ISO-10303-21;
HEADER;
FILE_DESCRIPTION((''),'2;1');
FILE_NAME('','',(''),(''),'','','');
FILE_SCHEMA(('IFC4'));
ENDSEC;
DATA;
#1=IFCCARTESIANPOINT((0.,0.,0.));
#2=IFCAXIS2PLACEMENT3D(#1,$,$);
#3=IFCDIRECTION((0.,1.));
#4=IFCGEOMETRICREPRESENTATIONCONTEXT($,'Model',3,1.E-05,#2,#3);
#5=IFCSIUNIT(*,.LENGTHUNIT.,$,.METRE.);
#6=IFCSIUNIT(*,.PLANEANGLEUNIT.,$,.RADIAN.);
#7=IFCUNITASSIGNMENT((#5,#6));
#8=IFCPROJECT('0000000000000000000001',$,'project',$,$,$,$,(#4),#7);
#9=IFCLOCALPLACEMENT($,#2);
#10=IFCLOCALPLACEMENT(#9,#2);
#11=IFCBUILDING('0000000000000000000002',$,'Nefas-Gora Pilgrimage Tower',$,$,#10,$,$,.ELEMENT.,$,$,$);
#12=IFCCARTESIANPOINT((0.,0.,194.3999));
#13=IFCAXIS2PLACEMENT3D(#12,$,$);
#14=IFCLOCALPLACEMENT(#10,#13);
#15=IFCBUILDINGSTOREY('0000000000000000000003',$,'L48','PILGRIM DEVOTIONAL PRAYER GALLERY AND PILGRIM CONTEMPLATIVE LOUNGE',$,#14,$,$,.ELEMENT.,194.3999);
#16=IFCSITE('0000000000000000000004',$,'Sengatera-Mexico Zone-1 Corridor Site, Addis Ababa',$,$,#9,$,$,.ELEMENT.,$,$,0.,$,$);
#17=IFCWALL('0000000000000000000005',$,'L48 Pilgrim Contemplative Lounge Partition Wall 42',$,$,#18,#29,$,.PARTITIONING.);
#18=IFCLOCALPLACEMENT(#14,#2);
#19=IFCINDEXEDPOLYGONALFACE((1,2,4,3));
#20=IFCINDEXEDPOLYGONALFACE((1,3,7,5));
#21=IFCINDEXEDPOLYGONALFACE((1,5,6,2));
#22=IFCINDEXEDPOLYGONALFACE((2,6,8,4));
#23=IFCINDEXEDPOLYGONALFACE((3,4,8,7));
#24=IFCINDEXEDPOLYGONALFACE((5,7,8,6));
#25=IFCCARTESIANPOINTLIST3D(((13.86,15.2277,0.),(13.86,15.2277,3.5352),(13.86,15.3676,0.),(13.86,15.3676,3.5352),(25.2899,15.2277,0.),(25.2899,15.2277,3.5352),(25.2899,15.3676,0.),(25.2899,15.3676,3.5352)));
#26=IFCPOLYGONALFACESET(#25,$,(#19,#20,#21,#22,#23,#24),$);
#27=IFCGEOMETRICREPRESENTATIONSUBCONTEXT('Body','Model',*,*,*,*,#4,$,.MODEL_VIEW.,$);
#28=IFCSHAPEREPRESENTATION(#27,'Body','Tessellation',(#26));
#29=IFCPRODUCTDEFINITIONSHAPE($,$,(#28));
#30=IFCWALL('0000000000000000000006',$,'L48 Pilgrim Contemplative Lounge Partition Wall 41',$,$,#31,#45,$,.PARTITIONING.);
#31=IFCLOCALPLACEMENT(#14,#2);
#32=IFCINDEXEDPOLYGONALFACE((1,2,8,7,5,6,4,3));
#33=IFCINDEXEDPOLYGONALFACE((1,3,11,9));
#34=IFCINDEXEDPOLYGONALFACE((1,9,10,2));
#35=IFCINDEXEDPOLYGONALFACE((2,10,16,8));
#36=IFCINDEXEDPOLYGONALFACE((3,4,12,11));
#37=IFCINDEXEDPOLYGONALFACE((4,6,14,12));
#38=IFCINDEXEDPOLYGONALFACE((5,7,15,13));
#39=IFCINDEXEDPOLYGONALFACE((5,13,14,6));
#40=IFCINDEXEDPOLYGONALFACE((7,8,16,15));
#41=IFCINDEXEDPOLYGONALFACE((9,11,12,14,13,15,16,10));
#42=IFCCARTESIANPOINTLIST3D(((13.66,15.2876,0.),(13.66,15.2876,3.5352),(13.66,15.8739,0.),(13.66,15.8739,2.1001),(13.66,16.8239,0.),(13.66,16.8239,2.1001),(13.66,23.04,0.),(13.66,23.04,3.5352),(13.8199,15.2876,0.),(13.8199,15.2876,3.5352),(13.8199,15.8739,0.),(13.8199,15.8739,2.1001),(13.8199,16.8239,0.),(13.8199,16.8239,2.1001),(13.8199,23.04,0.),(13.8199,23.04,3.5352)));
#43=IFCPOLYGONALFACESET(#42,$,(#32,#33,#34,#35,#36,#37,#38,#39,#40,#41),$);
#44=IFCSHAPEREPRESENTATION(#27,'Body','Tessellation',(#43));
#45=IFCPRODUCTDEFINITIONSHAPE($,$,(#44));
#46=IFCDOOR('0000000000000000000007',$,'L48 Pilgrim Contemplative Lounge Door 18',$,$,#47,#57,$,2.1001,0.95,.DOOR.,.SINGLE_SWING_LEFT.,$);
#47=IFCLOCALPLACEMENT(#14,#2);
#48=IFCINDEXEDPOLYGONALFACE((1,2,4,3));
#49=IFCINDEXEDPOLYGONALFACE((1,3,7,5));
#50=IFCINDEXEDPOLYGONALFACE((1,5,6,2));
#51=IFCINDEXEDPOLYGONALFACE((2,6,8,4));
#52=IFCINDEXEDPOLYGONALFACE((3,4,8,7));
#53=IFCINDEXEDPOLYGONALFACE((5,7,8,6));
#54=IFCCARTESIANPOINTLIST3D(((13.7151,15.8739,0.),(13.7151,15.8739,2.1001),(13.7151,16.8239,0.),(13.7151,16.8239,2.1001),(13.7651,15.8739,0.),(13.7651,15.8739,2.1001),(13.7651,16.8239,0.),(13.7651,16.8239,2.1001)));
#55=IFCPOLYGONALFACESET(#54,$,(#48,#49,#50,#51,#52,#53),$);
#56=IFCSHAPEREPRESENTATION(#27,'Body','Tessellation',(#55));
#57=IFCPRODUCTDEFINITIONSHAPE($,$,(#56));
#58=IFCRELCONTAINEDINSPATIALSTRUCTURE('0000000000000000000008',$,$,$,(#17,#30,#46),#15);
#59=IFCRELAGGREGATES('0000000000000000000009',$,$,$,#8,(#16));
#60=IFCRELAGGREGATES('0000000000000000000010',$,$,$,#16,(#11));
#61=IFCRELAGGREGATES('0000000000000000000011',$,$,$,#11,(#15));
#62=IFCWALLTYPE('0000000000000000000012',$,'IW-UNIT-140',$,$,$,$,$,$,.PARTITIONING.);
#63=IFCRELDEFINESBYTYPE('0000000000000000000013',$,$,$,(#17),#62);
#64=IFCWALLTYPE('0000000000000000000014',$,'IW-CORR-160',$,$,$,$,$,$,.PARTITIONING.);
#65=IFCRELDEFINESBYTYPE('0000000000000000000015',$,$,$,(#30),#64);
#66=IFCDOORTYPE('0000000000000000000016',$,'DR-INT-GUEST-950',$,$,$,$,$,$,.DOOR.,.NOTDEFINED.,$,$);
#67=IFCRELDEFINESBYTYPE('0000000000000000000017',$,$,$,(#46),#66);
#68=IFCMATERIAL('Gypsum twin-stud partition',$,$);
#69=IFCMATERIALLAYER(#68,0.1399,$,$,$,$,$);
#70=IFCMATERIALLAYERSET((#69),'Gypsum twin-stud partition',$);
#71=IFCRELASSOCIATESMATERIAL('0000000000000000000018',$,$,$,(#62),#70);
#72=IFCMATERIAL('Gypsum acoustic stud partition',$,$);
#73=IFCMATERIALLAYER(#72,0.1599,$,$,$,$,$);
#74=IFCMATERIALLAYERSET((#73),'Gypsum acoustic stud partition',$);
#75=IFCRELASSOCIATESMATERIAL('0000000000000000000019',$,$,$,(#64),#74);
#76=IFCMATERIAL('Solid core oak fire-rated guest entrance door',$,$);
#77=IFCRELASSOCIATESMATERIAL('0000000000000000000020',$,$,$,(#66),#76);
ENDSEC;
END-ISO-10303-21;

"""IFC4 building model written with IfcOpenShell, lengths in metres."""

from ifc_helpers import new_model, si_unit, direction, frame, frame_2d, origin, place, context, subcontext, project, spatial, rectangle, extrude, source, transform, mapped, material, layer, layer_set, type_object, element, fill, save


model = new_model("IFC4")

# Units and contexts
model_context = context("Model", 3, precision=1e-05, world=origin(), true_north=direction((0.0, 1.0)))
body_context = subcontext(model_context, "Body", "Model", "MODEL_VIEW")
ifc_project = project(units=[si_unit("LENGTHUNIT", "METRE"), si_unit("PLANEANGLEUNIT", "RADIAN")], contexts=[model_context])

# Site, building, storey
site_placement = place(None, origin())
site = spatial("IfcSite", under=ifc_project, at=site_placement, Name="Sengatera-Mexico Zone-1 Corridor Site, Addis Ababa", CompositionType="ELEMENT", RefElevation=0.0)
building_placement = place(site_placement, origin())
building = spatial("IfcBuilding", under=site, at=building_placement, Name="Nefas-Gora Pilgrimage Tower", CompositionType="ELEMENT")
storey_placement = place(building_placement, frame((0.0, 0.0, 194.3999)))
storey = spatial("IfcBuildingStorey", under=building, at=storey_placement, Name="L48", Description="PILGRIM DEVOTIONAL PRAYER GALLERY AND PILGRIM CONTEMPLATIVE LOUNGE", CompositionType="ELEMENT", Elevation=194.3999)

# Wall
ifc_material_1 = material(Name="Gypsum twin-stud partition")
ifc_layer_1 = layer(ifc_material_1, 0.1399)
ifc_layer_set_1 = layer_set([ifc_layer_1], Name="Gypsum twin-stud partition")
wall_type_1 = type_object("IfcWallType", Name="IW-UNIT-140", PredefinedType="PARTITIONING", material=ifc_layer_set_1)
shared_shape_1 = source(origin(), body_context, "Body", "SweptSolid", [
    extrude(rectangle(XDim=11.4299, YDim=0.1399, at=frame_2d((5.7148, 0.0))), origin(), (0.0, 0.0, 1.0), 3.5352),
])
wall_1_placement = place(storey_placement, frame((13.8601, 15.2976, 0.0), z_axis=(0.0, 0.0, 1.0), x_axis=(1.0, 0.0, 0.0)))
element("IfcWall", 1, at=wall_1_placement, inside=storey, type_object=wall_type_1, Name="L48 Pilgrim Contemplative Lounge Partition Wall 42", PredefinedType="PARTITIONING", context=body_context, shape_type="MappedRepresentation", body=[
    mapped(shared_shape_1, transform((0.0, 0.0, 0.0), x_axis=(1.0, 0.0, 0.0), y_axis=(0.0, 1.0, 0.0), z_axis=(0.0, 0.0, 1.0), scale=1.0)),
])

# Wall, opening, door
ifc_material_2 = material(Name="Gypsum acoustic stud partition")
ifc_layer_2 = layer(ifc_material_2, 0.1599)
ifc_layer_set_2 = layer_set([ifc_layer_2], Name="Gypsum acoustic stud partition")
wall_type_2 = type_object("IfcWallType", Name="IW-CORR-160", PredefinedType="PARTITIONING", material=ifc_layer_set_2)
shared_shape_2 = source(origin(), body_context, "Body", "SweptSolid", [
    extrude(rectangle(XDim=7.7524, YDim=0.1599, at=frame_2d((3.8762, 0.0))), origin(), (0.0, 0.0, 1.0), 3.5352),
])
wall_2_placement = place(storey_placement, frame((13.74, 15.2876, 0.0), z_axis=(0.0, 0.0, 1.0), x_axis=(0.0, 1.0, 0.0)))
wall_2 = element("IfcWall", 2, at=wall_2_placement, inside=storey, type_object=wall_type_2, Name="L48 Pilgrim Contemplative Lounge Partition Wall 41", PredefinedType="PARTITIONING", context=body_context, shape_type="MappedRepresentation", body=[
    mapped(shared_shape_2, transform((0.0, 0.0, 0.0), x_axis=(1.0, 0.0, 0.0), y_axis=(0.0, 1.0, 0.0), z_axis=(0.0, 0.0, 1.0), scale=1.0)),
])
opening_1_placement = place(wall_2_placement, frame((0.5862, 0.0, 0.0)))
opening_1 = element("IfcOpeningElement", 3, at=opening_1_placement, cuts=wall_2, PredefinedType="OPENING", context=body_context, shape_type="SweptSolid", body=[
    extrude(rectangle(XDim=0.95, YDim=2.1001, at=frame_2d((0.4751, 1.05))), frame((0.0, 0.0898, 0.0), z_axis=(0.0, -1.0, 0.0), x_axis=(1.0, 0.0, 0.0)), (0.0, 0.0, 1.0), 0.1799),
])
ifc_material_3 = material(Name="Solid core oak fire-rated guest entrance door")
door_type = type_object("IfcDoorType", Name="DR-INT-GUEST-950", OperationType="NOTDEFINED", PredefinedType="DOOR", material=ifc_material_3)
shared_shape_3 = source(origin(), body_context, "Body", "SweptSolid", [
    extrude(rectangle(XDim=0.95, YDim=2.1001, at=frame_2d((0.4751, 1.05))), frame((0.0, 0.0249, 0.0), z_axis=(0.0, -1.0, 0.0), x_axis=(1.0, 0.0, 0.0)), (0.0, 0.0, 1.0), 0.05),
])
door_placement = place(opening_1_placement, origin())
door = element("IfcDoor", 4, at=door_placement, inside=storey, type_object=door_type, Name="L48 Pilgrim Contemplative Lounge Door 18", OperationType="SINGLE_SWING_LEFT", OverallHeight=2.1001, OverallWidth=0.95, PredefinedType="DOOR", context=body_context, shape_type="MappedRepresentation", body=[
    mapped(shared_shape_3, transform((0.0, 0.0, 0.0), x_axis=(1.0, 0.0, 0.0), y_axis=(0.0, 1.0, 0.0), z_axis=(0.0, 0.0, 1.0), scale=1.0)),
])
fill(opening_1, door)

save(model, "model.ifc")
